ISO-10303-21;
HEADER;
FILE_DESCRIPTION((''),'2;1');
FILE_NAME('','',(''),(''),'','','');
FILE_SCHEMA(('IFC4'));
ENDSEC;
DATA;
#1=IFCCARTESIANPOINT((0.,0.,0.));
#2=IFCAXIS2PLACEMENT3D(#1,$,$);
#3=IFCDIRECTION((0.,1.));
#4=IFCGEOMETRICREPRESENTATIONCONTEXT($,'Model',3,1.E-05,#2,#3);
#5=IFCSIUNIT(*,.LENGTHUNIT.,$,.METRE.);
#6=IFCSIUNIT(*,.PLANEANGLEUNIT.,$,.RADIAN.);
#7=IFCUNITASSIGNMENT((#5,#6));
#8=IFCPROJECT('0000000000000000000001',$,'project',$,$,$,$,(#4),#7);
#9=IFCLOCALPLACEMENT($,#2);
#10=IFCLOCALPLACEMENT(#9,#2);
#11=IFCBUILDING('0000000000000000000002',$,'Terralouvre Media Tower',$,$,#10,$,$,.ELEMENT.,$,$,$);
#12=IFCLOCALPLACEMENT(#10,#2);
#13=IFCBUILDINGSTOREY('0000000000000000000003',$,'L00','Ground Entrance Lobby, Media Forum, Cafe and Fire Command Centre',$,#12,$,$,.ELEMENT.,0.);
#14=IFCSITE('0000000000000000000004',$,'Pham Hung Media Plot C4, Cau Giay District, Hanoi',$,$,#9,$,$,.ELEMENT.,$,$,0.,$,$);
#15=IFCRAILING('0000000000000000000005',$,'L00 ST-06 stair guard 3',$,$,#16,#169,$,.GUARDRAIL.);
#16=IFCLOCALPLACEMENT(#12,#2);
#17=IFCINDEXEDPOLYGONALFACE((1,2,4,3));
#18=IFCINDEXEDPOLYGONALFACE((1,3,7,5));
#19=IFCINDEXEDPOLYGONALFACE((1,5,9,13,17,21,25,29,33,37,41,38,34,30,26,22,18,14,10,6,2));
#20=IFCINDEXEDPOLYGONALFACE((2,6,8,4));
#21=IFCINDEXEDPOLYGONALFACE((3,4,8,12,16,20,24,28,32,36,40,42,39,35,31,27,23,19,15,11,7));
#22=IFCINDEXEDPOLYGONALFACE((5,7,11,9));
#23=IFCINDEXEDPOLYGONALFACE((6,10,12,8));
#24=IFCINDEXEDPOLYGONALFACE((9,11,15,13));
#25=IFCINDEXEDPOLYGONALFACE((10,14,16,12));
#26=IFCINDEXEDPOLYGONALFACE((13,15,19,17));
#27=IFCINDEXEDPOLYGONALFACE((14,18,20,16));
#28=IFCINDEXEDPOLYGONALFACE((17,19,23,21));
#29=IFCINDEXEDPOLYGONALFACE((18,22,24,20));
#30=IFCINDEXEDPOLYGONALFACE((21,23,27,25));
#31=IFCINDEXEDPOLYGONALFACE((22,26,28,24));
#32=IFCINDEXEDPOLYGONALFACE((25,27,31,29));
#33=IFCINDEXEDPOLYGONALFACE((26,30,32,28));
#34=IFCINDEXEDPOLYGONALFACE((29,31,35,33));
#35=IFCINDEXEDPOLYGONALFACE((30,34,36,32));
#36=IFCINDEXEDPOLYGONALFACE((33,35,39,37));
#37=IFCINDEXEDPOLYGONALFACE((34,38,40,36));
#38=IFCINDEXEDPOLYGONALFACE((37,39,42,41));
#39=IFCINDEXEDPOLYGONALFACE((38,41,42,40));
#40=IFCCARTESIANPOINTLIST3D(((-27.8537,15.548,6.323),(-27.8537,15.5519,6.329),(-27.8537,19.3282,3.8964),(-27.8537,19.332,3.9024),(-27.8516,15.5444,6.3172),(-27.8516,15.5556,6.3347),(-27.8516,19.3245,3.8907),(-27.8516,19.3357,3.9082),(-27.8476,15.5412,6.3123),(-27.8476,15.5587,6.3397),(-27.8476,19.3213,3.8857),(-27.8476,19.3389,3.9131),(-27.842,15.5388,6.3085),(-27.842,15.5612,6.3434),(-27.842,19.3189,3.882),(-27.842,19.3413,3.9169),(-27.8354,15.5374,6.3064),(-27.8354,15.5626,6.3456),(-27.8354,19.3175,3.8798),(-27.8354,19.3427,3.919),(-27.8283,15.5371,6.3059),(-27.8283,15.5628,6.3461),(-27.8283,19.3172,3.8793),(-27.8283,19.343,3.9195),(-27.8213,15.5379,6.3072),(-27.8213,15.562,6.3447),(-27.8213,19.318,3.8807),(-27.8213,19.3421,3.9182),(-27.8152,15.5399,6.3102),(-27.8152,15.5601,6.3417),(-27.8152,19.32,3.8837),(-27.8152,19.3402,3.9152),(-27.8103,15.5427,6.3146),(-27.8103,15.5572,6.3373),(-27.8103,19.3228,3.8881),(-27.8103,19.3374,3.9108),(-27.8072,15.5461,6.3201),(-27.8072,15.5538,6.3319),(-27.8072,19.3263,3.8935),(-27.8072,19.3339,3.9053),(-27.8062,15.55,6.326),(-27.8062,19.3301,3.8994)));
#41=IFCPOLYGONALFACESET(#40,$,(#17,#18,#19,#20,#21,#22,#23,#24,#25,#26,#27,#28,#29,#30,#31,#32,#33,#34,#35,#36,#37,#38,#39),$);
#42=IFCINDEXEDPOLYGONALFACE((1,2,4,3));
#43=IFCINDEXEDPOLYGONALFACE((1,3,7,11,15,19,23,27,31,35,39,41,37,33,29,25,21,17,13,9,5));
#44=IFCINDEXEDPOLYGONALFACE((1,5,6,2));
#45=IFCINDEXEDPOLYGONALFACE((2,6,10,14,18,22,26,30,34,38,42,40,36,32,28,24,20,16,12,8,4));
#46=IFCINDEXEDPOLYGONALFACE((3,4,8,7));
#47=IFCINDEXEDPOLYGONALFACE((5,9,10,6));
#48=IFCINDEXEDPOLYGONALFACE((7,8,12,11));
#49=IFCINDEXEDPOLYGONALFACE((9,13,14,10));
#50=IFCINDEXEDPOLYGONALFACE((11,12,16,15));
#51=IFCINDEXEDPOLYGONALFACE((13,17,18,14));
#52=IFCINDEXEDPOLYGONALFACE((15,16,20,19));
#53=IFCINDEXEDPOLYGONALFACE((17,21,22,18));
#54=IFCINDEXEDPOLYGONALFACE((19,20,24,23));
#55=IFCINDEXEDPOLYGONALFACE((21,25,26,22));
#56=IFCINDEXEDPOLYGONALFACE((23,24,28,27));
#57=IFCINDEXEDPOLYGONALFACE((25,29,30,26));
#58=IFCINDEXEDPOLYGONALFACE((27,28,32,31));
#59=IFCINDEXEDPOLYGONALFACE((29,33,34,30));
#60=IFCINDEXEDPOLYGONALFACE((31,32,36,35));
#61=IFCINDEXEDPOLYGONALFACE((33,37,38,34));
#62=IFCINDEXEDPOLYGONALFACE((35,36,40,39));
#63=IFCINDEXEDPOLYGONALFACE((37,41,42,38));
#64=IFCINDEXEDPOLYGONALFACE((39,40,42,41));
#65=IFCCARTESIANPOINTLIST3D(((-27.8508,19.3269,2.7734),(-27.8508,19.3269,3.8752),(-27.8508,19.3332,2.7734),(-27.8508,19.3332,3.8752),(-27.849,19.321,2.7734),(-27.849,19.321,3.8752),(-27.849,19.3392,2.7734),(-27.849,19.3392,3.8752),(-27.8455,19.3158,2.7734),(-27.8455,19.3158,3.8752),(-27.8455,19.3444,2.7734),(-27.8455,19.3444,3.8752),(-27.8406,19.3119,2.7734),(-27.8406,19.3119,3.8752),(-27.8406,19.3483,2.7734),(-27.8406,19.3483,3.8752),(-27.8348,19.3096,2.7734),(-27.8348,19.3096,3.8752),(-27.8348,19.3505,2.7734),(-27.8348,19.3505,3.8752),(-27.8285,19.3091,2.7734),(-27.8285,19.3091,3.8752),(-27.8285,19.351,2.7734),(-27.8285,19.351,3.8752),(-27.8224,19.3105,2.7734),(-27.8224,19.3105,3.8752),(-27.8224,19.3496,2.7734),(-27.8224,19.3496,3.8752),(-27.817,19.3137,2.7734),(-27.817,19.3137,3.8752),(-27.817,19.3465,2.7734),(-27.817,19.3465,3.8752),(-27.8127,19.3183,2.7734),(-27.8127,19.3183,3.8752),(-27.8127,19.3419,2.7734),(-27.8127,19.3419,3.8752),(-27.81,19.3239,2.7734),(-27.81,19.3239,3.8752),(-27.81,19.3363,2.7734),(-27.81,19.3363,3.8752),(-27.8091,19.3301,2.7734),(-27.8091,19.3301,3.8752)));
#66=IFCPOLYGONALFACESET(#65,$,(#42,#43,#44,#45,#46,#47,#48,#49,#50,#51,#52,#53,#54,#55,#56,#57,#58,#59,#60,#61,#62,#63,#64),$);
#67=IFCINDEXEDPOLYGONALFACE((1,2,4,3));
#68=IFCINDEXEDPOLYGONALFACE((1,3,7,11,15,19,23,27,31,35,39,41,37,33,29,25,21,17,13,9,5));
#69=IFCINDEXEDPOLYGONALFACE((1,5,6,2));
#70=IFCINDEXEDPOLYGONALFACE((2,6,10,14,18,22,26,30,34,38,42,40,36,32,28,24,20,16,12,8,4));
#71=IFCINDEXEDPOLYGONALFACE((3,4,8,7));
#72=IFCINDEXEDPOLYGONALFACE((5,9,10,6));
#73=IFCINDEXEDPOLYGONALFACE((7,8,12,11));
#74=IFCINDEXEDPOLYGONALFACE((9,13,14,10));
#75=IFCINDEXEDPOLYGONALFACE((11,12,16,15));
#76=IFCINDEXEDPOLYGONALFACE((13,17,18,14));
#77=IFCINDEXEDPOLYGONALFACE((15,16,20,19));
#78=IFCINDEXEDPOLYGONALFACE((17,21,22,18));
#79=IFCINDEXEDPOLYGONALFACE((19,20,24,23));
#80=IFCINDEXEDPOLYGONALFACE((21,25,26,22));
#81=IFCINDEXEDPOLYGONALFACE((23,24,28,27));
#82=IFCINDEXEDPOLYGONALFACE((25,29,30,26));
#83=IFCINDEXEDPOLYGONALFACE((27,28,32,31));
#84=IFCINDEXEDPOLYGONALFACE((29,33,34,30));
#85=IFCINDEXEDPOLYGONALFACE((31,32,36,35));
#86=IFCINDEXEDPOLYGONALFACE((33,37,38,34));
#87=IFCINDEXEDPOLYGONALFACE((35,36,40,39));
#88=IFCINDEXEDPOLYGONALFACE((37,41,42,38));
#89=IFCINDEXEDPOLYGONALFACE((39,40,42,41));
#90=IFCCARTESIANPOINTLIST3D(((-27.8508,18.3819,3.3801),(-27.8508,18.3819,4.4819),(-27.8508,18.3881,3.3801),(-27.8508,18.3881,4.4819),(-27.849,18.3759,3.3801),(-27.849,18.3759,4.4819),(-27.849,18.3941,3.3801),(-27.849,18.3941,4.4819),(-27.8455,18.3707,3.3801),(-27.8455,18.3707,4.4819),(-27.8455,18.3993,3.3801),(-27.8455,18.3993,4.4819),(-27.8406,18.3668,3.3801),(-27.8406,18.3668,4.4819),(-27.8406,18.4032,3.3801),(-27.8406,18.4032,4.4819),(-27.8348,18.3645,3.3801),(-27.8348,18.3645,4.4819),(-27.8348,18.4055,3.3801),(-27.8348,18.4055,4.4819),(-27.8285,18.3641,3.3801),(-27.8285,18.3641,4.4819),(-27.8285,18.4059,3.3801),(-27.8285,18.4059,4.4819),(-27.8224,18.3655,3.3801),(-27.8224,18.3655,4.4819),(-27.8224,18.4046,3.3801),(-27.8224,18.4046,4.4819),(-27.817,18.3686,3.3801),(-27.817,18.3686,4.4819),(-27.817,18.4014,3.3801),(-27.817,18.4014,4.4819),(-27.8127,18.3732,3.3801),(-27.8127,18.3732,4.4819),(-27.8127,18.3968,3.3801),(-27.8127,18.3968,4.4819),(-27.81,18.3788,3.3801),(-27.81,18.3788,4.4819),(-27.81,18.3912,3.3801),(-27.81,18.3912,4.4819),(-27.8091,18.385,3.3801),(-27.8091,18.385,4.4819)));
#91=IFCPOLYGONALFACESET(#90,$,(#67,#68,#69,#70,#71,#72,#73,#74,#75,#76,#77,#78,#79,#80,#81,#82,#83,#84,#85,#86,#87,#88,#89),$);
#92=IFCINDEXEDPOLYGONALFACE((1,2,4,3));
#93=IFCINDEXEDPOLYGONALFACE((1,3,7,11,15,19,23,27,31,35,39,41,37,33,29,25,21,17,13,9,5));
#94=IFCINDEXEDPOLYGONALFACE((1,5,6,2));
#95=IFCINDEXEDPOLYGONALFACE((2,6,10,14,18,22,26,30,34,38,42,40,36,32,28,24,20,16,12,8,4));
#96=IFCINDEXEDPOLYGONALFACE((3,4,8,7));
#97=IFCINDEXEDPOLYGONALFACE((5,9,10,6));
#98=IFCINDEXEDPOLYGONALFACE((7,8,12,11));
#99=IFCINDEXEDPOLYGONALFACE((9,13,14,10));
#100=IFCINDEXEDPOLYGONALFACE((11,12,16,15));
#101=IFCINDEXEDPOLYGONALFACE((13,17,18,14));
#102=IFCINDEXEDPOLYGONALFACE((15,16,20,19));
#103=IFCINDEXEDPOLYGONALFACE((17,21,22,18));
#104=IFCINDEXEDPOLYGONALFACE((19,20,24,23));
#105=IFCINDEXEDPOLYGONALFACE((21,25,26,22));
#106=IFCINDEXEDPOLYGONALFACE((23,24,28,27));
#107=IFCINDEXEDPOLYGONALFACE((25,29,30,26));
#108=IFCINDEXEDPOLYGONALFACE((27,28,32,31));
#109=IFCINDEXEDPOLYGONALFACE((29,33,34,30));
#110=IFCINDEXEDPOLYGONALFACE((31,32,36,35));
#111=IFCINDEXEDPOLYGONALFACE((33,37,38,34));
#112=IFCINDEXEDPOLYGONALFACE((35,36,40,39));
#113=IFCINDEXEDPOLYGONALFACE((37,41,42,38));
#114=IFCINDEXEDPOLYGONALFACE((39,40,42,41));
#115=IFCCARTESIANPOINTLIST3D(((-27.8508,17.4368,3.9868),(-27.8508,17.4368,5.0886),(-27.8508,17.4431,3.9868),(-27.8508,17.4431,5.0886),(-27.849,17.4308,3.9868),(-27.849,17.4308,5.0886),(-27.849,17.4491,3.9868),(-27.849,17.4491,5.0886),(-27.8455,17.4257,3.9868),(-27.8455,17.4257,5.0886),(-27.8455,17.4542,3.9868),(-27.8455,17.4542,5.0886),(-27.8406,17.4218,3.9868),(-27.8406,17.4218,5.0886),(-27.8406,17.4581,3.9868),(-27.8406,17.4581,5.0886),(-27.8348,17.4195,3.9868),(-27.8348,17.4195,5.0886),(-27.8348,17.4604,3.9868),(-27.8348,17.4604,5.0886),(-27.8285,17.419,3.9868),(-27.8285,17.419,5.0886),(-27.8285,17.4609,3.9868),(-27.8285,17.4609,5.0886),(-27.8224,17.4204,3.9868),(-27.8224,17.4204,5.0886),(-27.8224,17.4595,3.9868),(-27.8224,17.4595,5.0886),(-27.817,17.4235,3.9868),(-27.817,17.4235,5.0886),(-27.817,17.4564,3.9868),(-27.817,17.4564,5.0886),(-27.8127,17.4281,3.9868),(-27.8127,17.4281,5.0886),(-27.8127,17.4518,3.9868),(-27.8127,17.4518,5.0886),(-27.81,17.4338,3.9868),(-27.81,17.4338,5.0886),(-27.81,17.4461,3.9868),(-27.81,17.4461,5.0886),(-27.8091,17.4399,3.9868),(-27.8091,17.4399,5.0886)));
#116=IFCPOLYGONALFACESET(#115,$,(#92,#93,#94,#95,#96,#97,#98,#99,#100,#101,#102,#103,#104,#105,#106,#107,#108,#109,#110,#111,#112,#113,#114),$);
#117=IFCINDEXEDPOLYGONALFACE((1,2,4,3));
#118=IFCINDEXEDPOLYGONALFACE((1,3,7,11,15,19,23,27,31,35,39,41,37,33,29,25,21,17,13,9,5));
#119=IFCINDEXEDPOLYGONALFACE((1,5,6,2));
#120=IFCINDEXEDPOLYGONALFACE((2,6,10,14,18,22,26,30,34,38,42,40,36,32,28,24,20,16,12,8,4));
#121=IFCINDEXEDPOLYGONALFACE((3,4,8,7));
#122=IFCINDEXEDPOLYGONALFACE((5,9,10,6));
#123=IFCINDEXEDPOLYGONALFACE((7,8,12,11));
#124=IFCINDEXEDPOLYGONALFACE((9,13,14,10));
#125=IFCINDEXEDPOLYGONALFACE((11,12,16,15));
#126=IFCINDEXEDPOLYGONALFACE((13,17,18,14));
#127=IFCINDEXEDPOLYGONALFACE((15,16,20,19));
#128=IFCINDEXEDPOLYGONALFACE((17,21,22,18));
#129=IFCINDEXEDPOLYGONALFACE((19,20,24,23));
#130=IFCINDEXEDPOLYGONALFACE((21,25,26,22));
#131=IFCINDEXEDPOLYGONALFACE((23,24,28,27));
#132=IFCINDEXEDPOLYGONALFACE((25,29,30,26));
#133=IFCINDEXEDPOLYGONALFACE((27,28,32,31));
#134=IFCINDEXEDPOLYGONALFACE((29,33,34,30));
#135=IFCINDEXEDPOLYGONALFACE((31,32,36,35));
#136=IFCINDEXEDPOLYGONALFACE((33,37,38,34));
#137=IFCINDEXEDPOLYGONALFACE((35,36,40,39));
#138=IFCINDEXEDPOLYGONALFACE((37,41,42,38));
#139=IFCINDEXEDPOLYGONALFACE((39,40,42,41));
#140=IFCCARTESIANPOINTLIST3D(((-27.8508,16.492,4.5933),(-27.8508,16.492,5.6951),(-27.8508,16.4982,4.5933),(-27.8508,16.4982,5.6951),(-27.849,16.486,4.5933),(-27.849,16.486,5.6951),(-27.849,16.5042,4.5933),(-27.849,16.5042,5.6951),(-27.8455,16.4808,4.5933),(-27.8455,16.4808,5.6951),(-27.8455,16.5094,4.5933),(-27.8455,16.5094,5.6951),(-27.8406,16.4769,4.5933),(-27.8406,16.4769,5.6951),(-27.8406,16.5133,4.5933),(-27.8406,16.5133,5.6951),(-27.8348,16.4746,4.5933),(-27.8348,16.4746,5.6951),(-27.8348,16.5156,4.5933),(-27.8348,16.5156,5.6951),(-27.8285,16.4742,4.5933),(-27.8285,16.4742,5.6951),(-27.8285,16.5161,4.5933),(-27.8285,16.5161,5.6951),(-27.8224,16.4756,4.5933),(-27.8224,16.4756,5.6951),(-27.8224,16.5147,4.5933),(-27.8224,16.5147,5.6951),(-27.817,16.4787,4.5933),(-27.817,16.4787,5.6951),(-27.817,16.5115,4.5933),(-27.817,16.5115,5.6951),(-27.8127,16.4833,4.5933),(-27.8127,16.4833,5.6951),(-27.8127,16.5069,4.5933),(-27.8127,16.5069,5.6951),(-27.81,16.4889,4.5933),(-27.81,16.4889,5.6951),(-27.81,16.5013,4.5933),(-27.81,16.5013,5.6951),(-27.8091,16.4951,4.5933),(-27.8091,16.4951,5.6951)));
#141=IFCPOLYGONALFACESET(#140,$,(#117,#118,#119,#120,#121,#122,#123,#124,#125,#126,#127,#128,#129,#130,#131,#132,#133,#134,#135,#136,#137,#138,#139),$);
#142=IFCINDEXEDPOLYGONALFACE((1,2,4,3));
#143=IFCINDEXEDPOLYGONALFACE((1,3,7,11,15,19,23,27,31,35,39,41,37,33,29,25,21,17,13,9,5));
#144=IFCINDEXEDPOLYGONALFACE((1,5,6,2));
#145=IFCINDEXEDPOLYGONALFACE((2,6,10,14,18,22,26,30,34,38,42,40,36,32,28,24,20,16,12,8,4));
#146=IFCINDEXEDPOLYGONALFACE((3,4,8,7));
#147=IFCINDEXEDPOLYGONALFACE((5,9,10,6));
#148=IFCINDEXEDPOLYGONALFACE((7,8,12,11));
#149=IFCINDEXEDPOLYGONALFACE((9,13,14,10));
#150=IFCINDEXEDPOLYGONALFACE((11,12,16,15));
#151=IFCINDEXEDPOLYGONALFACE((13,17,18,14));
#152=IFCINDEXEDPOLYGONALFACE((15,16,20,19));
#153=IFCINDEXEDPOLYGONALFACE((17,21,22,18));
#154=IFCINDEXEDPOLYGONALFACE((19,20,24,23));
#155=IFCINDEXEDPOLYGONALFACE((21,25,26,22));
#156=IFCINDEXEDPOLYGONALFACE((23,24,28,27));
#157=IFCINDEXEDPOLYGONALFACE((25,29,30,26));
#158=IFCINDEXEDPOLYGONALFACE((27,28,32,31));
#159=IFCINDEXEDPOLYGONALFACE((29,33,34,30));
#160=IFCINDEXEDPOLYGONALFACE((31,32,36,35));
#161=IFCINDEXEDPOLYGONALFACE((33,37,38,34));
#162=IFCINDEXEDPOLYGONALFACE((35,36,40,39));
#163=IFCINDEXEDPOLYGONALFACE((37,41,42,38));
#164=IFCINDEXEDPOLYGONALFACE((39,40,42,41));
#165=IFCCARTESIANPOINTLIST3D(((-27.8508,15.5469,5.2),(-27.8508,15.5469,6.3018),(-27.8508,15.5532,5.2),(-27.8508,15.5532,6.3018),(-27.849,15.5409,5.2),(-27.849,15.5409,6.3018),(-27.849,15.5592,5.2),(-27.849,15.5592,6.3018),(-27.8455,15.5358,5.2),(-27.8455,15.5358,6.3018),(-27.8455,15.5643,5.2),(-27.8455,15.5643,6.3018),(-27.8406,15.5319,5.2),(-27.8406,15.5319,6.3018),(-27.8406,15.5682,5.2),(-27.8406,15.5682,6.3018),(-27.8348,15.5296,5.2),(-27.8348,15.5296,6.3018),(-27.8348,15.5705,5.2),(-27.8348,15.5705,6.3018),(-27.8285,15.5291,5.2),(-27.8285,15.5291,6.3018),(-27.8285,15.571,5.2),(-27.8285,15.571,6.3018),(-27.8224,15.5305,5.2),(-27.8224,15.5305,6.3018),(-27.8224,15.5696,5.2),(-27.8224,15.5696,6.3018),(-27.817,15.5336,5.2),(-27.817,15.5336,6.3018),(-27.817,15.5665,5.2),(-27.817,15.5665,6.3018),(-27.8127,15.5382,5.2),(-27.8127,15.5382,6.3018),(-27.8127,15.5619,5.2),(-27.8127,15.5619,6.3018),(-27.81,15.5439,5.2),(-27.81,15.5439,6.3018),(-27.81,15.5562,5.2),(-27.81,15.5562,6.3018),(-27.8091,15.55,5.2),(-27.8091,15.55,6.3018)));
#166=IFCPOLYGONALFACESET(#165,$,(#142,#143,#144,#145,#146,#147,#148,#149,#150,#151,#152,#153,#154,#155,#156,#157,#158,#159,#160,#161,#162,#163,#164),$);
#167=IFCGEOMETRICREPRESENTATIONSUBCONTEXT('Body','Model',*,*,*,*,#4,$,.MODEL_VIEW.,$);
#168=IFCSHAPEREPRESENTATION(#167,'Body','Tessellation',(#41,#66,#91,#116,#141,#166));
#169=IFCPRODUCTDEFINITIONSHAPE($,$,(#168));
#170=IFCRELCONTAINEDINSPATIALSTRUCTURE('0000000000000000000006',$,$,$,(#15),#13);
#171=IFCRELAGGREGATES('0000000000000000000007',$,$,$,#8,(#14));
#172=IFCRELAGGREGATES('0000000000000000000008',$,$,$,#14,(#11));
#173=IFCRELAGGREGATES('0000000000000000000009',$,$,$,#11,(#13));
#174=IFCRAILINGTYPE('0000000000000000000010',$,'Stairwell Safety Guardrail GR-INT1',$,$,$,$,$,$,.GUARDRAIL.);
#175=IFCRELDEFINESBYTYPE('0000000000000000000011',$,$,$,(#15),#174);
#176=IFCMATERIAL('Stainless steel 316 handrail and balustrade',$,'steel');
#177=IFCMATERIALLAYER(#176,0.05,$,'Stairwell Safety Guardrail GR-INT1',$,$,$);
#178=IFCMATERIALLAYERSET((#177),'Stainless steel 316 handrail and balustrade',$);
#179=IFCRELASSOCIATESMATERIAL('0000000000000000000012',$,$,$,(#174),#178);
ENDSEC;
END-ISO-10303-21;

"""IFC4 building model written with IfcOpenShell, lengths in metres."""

from ifc_helpers import new_model, si_unit, direction, frame, origin, origin_2d, place, context, subcontext, project, spatial, circle, extrude, material, layer, layer_set, type_object, element, save


model = new_model("IFC4")

# Units and contexts
model_context = context("Model", 3, precision=1e-05, world=origin(), true_north=direction((0.0, 1.0)))
body_context = subcontext(model_context, "Body", "Model", "MODEL_VIEW")
ifc_project = project(units=[si_unit("LENGTHUNIT", "METRE"), si_unit("PLANEANGLEUNIT", "RADIAN")], contexts=[model_context])

# Site, building, storey
site_placement = place(None, origin())
site = spatial("IfcSite", under=ifc_project, at=site_placement, Name="Pham Hung Media Plot C4, Cau Giay District, Hanoi", CompositionType="ELEMENT", RefElevation=0.0)
building_placement = place(site_placement, origin())
building = spatial("IfcBuilding", under=site, at=building_placement, Name="Terralouvre Media Tower", CompositionType="ELEMENT")
storey_placement = place(building_placement, origin())
storey = spatial("IfcBuildingStorey", under=building, at=storey_placement, Name="L00", Description="Ground Entrance Lobby, Media Forum, Cafe and Fire Command Centre", CompositionType="ELEMENT", Elevation=0.0)

# Railing
ifc_material_1 = material(Name="Stainless steel 316 handrail and balustrade", Category="steel")
ifc_layer_1 = layer(ifc_material_1, 0.05, Name="Stairwell Safety Guardrail GR-INT1")
ifc_layer_set_1 = layer_set([ifc_layer_1], Name="Stainless steel 316 handrail and balustrade")
railing_type_1 = type_object("IfcRailingType", Name="Stairwell Safety Guardrail GR-INT1", PredefinedType="GUARDRAIL", material=ifc_layer_set_1)
railing_1_placement = place(storey_placement, frame((-27.8301, 19.3301, 2.7734)))
element("IfcRailing", 1, at=railing_1_placement, inside=storey, type_object=railing_type_1, Name="L00 ST-06 stair guard 3", PredefinedType="GUARDRAIL", context=body_context, shape_type="SweptSolid", body=[
    extrude(circle(Radius=0.0239, at=origin_2d()), frame((0.0, 0.0, 1.126), z_axis=(0.0, -0.841533, 0.540205), x_axis=(1.0, 0.0, 0.0)), (0.0, 0.0, 1.0), 4.4919),
    extrude(circle(Radius=0.021, at=origin_2d()), origin(), (0.0, 0.0, 1.0), 1.1018),
    extrude(circle(Radius=0.021, at=origin_2d()), frame((0.0, -0.9451, 0.6067)), (0.0, 0.0, 1.0), 1.1018),
    extrude(circle(Radius=0.021, at=origin_2d()), frame((0.0, -1.8901, 1.2134)), (0.0, 0.0, 1.0), 1.1018),
    extrude(circle(Radius=0.021, at=origin_2d()), frame((0.0, -2.835, 1.8198)), (0.0, 0.0, 1.0), 1.1018),
    extrude(circle(Radius=0.021, at=origin_2d()), frame((0.0, -3.78, 2.4265)), (0.0, 0.0, 1.0), 1.1018),
])

save(model, "model.ifc")
